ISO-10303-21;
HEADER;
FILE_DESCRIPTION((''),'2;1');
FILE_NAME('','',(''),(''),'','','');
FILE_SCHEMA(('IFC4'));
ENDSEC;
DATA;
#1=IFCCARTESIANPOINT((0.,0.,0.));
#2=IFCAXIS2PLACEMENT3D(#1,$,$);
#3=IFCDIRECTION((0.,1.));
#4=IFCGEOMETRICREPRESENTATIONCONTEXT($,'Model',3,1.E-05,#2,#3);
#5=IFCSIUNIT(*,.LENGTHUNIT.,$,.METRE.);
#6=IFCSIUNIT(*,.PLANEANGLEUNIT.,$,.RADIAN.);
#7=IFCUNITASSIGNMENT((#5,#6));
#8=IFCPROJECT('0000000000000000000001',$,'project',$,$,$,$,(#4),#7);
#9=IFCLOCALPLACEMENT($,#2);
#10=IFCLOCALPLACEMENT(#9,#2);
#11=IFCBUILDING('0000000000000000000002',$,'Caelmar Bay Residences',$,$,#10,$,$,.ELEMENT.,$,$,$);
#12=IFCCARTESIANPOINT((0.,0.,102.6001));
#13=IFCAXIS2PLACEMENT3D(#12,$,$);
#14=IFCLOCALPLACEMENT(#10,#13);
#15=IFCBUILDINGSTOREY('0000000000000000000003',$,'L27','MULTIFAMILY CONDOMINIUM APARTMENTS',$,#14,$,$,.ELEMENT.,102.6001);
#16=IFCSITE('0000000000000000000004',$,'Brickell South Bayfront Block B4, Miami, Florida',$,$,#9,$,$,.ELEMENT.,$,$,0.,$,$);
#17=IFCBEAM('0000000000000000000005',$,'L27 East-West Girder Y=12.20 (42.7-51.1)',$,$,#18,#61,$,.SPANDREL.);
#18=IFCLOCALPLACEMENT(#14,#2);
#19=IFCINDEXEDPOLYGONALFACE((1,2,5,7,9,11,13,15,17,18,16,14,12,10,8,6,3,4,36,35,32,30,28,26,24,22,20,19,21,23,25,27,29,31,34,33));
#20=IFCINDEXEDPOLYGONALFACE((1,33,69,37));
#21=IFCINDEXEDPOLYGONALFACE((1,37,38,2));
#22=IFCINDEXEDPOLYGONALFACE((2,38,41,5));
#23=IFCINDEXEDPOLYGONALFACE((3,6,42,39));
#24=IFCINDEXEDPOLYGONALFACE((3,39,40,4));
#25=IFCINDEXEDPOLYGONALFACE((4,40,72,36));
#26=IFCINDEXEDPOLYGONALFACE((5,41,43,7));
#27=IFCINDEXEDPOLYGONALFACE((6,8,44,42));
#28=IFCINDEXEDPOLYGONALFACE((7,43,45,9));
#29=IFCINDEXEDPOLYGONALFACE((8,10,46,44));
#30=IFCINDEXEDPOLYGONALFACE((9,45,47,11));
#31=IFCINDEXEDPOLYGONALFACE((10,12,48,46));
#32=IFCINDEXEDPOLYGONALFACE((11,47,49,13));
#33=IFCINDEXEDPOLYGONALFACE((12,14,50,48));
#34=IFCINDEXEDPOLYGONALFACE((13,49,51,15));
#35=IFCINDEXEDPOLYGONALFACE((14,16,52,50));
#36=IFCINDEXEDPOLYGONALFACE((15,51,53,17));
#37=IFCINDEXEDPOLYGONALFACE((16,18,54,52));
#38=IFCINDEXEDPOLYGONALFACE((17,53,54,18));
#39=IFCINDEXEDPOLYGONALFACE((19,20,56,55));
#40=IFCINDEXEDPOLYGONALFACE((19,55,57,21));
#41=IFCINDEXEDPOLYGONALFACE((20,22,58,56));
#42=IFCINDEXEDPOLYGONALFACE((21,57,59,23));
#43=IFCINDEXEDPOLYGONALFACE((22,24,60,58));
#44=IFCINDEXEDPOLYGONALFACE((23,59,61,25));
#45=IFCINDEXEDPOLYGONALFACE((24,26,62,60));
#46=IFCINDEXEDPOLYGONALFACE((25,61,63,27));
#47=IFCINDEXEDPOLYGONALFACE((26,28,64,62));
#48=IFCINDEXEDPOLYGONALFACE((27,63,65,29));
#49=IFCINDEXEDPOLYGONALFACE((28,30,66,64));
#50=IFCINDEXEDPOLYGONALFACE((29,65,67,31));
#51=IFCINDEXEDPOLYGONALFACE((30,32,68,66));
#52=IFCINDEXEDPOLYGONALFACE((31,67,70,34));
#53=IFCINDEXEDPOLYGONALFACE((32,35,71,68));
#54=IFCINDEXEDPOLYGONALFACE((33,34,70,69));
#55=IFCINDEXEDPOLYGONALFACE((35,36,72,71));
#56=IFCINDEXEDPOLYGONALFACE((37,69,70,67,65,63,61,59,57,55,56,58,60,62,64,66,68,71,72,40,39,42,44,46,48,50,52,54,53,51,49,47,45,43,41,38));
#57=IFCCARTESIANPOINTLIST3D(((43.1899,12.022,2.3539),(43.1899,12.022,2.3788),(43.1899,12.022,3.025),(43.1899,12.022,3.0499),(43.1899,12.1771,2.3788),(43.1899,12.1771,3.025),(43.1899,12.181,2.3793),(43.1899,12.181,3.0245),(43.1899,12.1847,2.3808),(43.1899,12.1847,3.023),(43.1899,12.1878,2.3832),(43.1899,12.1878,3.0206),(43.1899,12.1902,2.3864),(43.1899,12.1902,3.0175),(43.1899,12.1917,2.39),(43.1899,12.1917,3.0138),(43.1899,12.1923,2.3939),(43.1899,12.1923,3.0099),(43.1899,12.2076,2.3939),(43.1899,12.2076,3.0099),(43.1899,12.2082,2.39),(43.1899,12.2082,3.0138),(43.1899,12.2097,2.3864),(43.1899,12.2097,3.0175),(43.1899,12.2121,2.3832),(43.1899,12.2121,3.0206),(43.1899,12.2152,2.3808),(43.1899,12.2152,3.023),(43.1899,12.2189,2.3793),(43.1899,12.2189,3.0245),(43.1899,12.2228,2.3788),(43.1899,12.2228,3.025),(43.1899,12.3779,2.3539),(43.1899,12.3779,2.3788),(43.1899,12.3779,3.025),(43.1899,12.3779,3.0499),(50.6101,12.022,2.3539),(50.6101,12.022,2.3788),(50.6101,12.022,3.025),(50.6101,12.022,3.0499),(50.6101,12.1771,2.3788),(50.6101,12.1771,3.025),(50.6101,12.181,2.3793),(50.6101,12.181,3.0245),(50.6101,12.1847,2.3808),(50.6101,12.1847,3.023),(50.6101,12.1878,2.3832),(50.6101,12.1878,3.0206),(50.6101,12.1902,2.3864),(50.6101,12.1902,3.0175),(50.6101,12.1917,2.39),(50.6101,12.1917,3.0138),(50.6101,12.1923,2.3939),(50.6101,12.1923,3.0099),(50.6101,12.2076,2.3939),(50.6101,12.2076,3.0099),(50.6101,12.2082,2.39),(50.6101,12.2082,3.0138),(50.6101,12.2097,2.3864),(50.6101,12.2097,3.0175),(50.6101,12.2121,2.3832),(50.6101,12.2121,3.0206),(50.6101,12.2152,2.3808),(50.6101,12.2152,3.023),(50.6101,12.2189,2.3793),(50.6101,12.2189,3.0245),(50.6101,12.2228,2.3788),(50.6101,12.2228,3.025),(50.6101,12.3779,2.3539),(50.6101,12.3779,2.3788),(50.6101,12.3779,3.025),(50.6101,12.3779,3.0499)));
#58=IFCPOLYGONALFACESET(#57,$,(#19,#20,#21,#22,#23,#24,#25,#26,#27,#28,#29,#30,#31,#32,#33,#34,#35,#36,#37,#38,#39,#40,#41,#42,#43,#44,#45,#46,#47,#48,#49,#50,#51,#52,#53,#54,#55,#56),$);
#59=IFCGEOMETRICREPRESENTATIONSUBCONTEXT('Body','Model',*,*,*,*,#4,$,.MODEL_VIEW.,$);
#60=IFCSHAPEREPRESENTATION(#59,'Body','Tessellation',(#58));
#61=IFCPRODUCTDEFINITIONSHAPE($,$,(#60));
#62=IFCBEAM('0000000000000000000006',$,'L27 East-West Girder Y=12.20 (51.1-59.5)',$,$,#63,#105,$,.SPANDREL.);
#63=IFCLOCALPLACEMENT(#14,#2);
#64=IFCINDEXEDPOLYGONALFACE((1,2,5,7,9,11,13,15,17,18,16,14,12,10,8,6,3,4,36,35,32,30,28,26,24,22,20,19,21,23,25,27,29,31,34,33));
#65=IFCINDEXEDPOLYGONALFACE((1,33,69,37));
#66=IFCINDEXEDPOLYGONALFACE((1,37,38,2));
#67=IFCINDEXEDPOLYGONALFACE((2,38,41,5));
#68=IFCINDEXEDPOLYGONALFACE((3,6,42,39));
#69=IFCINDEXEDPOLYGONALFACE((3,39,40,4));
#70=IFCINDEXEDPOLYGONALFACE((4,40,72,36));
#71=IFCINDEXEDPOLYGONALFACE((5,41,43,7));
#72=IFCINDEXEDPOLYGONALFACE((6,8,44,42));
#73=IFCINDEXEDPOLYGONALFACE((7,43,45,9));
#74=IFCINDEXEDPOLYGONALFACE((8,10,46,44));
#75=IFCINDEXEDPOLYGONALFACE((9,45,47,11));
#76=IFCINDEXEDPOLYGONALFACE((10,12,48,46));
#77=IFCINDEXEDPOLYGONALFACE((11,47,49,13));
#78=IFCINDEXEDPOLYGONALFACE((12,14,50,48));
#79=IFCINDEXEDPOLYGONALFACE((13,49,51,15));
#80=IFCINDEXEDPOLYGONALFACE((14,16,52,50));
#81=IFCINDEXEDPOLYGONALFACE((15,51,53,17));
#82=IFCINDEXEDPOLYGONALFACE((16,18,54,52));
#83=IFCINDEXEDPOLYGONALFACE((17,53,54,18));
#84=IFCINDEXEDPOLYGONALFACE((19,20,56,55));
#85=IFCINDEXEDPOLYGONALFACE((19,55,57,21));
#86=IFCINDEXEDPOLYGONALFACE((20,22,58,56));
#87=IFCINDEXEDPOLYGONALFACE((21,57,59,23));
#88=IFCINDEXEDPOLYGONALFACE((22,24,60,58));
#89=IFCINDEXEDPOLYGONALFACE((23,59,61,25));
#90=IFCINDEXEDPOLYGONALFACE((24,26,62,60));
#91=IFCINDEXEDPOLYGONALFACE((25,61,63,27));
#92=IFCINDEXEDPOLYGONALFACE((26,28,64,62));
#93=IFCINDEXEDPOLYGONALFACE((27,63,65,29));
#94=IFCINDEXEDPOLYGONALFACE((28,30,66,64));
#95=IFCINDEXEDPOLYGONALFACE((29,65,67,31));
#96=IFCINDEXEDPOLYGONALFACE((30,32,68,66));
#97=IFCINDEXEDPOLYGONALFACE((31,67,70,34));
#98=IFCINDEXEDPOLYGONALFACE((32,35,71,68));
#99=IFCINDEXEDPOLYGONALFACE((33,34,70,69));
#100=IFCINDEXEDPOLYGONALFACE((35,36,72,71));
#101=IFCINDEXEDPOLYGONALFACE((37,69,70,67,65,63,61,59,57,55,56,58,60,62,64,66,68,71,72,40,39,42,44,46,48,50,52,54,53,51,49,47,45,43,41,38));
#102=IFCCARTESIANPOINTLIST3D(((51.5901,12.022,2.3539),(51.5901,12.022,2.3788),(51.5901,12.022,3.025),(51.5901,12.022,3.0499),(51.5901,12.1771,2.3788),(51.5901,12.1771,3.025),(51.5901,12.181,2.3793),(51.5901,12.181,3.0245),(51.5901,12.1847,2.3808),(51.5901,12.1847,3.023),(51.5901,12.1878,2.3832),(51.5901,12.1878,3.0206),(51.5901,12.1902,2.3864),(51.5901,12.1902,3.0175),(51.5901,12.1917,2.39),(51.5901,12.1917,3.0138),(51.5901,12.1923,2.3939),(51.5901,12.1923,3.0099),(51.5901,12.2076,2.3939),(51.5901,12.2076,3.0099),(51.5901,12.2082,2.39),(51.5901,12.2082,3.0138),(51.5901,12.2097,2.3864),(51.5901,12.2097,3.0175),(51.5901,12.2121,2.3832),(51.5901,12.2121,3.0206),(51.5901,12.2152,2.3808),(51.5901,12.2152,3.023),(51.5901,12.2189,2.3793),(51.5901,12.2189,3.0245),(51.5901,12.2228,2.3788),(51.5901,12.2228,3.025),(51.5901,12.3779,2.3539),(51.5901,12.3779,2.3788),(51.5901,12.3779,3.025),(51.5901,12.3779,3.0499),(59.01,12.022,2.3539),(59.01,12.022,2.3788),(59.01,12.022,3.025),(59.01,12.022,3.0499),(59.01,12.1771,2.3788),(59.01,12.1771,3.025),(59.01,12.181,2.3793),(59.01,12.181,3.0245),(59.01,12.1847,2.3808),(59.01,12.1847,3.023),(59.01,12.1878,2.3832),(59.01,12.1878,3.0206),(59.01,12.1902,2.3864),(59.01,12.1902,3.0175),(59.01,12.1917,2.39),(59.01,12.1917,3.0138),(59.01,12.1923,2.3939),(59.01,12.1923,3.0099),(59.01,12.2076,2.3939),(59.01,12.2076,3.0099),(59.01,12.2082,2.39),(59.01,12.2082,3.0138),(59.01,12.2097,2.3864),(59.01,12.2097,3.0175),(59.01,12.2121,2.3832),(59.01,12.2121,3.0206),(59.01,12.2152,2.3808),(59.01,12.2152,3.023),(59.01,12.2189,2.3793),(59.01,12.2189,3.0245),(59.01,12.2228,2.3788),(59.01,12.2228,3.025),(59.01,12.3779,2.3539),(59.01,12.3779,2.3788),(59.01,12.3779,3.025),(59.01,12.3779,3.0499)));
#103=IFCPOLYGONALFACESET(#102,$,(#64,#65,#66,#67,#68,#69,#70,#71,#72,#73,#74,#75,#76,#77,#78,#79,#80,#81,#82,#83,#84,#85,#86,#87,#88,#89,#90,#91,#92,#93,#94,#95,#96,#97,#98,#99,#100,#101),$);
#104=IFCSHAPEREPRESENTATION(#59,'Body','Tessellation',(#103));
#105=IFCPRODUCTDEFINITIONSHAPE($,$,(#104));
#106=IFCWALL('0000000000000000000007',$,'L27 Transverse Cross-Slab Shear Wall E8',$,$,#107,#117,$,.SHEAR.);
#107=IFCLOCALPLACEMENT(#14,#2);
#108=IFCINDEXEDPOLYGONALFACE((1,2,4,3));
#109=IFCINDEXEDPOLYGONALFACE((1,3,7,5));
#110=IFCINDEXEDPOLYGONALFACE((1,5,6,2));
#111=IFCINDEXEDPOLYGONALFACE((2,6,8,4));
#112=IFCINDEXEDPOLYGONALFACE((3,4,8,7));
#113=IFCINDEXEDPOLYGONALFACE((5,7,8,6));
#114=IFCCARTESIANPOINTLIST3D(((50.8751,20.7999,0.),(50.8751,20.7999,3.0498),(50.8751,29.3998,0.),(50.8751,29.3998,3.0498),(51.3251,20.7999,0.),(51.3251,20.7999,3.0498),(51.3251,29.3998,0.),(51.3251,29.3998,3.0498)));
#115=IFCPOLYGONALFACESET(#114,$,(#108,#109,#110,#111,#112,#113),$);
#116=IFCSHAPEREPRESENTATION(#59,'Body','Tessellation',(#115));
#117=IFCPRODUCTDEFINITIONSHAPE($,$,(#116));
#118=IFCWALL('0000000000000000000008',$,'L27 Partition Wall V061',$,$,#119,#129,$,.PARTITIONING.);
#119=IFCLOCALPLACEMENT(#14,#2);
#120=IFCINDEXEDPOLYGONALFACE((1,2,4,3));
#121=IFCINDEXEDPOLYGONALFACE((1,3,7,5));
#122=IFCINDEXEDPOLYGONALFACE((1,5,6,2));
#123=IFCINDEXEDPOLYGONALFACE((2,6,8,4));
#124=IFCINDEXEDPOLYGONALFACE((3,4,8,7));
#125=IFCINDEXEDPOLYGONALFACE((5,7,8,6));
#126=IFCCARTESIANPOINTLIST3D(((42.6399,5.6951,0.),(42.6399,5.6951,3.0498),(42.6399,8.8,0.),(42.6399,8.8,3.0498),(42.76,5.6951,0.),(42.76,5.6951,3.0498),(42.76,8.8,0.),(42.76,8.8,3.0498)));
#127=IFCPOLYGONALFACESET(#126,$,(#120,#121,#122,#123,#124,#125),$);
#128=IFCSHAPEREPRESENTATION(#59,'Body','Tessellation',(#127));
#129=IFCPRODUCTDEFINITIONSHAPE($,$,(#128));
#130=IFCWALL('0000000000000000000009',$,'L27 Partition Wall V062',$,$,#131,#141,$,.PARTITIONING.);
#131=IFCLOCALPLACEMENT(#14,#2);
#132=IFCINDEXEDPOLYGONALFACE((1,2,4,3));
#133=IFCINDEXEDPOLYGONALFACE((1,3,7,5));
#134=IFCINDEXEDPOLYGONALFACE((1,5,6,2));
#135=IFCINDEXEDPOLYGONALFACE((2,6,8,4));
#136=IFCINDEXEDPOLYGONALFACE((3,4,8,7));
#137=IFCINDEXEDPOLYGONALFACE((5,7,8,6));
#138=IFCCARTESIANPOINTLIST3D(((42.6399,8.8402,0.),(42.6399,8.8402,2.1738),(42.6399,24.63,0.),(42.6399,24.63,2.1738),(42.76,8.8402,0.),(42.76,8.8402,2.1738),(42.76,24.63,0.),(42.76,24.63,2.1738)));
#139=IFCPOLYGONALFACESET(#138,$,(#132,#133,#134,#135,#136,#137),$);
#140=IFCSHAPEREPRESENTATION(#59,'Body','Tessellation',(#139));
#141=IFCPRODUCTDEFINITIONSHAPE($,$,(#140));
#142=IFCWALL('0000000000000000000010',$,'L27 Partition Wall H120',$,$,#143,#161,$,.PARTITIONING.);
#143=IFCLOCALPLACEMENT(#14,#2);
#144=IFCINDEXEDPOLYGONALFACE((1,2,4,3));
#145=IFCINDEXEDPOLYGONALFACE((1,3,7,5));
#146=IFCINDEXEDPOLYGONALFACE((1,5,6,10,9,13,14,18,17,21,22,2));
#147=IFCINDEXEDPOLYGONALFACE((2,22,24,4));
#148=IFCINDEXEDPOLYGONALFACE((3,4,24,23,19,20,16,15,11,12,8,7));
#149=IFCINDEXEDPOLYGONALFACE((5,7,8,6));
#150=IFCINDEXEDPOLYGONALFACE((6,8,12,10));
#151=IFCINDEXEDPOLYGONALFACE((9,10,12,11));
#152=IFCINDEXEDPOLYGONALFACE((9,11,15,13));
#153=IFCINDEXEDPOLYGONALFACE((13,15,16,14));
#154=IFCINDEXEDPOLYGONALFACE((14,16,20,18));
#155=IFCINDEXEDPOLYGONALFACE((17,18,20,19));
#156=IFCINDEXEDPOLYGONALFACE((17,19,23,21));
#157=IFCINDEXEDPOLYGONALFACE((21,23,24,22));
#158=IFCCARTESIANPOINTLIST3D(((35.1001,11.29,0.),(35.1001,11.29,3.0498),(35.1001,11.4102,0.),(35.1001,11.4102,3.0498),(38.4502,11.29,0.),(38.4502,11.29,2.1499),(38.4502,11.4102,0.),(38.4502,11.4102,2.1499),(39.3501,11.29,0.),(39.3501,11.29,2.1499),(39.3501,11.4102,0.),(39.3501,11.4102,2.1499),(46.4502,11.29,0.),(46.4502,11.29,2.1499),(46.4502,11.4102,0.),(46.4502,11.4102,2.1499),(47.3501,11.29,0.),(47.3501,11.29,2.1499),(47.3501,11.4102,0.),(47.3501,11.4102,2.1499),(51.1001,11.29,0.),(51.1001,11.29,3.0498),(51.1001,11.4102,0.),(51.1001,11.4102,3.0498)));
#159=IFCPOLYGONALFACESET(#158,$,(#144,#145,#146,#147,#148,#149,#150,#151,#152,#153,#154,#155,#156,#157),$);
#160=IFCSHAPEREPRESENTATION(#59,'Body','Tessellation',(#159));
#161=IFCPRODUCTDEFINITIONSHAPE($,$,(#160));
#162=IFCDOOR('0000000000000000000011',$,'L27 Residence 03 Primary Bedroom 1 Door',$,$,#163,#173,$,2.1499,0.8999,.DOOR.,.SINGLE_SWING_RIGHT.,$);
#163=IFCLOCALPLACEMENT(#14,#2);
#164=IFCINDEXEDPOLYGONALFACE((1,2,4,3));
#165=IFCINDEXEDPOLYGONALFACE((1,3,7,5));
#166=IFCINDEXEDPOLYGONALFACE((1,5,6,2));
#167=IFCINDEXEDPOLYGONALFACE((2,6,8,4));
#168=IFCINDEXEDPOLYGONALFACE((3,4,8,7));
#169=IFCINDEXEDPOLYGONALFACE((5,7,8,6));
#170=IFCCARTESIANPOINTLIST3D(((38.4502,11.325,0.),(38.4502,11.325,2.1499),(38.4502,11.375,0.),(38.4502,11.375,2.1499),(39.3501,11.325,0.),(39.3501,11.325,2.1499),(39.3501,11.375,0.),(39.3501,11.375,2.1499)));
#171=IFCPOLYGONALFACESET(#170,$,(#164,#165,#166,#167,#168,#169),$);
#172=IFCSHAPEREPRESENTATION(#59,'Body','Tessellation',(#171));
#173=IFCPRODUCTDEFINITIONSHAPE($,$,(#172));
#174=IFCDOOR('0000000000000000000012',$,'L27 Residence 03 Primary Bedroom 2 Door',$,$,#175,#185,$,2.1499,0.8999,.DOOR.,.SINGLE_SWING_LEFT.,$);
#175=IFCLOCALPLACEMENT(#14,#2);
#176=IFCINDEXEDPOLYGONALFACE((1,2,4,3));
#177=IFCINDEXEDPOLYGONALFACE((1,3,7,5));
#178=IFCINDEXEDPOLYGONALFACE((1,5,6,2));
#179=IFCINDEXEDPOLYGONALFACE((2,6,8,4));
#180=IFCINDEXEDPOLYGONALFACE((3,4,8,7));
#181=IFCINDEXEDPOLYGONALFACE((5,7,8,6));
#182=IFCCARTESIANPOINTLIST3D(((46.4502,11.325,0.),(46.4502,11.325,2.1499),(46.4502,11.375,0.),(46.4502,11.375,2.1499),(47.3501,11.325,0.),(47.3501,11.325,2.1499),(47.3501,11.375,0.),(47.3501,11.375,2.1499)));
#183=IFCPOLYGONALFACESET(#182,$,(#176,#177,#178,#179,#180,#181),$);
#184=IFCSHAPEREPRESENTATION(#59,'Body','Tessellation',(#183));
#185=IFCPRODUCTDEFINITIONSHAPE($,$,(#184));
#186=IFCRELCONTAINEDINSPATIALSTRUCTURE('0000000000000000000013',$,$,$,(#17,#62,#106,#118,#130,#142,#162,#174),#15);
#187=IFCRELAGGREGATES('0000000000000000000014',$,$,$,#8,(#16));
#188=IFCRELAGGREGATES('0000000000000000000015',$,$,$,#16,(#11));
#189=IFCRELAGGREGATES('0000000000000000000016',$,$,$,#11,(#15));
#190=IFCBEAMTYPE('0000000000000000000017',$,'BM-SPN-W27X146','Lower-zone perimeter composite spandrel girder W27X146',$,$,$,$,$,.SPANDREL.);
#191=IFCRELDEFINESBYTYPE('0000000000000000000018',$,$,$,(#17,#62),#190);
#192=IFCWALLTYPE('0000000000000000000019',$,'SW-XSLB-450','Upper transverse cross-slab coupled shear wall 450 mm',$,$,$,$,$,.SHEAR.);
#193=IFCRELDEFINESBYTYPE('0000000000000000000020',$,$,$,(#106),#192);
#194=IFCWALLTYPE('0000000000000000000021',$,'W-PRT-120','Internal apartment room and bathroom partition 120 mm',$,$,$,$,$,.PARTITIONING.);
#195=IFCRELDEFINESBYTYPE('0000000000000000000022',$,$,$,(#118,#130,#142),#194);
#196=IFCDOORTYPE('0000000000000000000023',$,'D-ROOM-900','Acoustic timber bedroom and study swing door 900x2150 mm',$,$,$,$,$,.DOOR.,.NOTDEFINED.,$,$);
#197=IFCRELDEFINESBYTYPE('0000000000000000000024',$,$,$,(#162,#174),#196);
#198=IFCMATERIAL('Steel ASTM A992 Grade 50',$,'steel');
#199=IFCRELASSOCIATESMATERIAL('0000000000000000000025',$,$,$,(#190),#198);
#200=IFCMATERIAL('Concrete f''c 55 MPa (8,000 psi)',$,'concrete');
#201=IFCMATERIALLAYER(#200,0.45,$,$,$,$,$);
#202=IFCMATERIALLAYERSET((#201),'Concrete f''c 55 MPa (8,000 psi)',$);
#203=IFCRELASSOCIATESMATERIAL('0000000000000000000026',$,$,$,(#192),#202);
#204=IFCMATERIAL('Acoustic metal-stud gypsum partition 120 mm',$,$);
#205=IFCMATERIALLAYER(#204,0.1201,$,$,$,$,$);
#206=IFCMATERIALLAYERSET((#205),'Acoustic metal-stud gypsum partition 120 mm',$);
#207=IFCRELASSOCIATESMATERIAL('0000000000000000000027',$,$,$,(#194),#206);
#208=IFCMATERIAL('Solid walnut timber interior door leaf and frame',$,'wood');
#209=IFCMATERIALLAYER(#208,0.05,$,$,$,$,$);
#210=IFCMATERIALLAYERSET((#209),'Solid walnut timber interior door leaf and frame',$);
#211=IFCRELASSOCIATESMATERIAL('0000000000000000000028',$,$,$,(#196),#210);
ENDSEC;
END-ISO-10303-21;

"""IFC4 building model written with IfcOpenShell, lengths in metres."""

from ifc_helpers import new_model, si_unit, direction, frame, frame_2d, origin, origin_2d, place, context, subcontext, project, spatial, rectangle, i_section, extrude, material, layer, layer_set, material_profile, profile_set, type_object, element, fill, save


model = new_model("IFC4")

# Units and contexts
model_context = context("Model", 3, precision=1e-05, world=origin(), true_north=direction((0.0, 1.0)))
body_context = subcontext(model_context, "Body", "Model", "MODEL_VIEW")
ifc_project = project(units=[si_unit("LENGTHUNIT", "METRE"), si_unit("PLANEANGLEUNIT", "RADIAN")], contexts=[model_context])

# Site, building, storey
site_placement = place(None, origin())
site = spatial("IfcSite", under=ifc_project, at=site_placement, Name="Brickell South Bayfront Block B4, Miami, Florida", CompositionType="ELEMENT", RefElevation=0.0)
building_placement = place(site_placement, origin())
building = spatial("IfcBuilding", under=site, at=building_placement, Name="Caelmar Bay Residences", CompositionType="ELEMENT")
storey_placement = place(building_placement, frame((0.0, 0.0, 102.6001)))
storey = spatial("IfcBuildingStorey", under=building, at=storey_placement, Name="L27", Description="MULTIFAMILY CONDOMINIUM APARTMENTS", CompositionType="ELEMENT", Elevation=102.6001)

# Beams
ifc_material_1 = material(Name="Steel ASTM A992 Grade 50", Category="steel")
ifc_material_profile_1 = material_profile(ifc_material_1, i_section(OverallWidth=0.356, OverallDepth=0.696, WebThickness=0.0154, FlangeThickness=0.0249, FilletRadius=0.0151, at=origin_2d()), Name="W27X146")
ifc_profile_set_1 = profile_set([ifc_material_profile_1], Name="Steel ASTM A992 Grade 50")
beam_type_1 = type_object("IfcBeamType", Name="BM-SPN-W27X146", Description="Lower-zone perimeter composite spandrel girder W27X146", PredefinedType="SPANDREL", material=ifc_profile_set_1)
beam_1_placement = place(storey_placement, frame((43.1899, 12.2, 2.7019), z_axis=(1.0, 0.0, 0.0), x_axis=(0.0, 1.0, 0.0)))
element("IfcBeam", 1, at=beam_1_placement, inside=storey, type_object=beam_type_1, Name="L27 East-West Girder Y=12.20 (42.7-51.1)", PredefinedType="SPANDREL", context=body_context, shape_type="SweptSolid", body=[
    extrude(i_section(OverallWidth=0.356, OverallDepth=0.696, WebThickness=0.0154, FlangeThickness=0.0249, FilletRadius=0.0151, at=origin_2d()), origin(), (0.0, 0.0, 1.0), 7.4202),
])
beam_2_placement = place(storey_placement, frame((51.5901, 12.2, 2.7019), z_axis=(1.0, 0.0, 0.0), x_axis=(0.0, 1.0, 0.0)))
element("IfcBeam", 2, at=beam_2_placement, inside=storey, type_object=beam_type_1, Name="L27 East-West Girder Y=12.20 (51.1-59.5)", PredefinedType="SPANDREL", context=body_context, shape_type="SweptSolid", body=[
    extrude(i_section(OverallWidth=0.356, OverallDepth=0.696, WebThickness=0.0154, FlangeThickness=0.0249, FilletRadius=0.0151, at=origin_2d()), origin(), (0.0, 0.0, 1.0), 7.4199),
])

# Walls
ifc_material_2 = material(Name="Concrete f'c 55 MPa (8,000 psi)", Category="concrete")
ifc_layer_1 = layer(ifc_material_2, 0.45)
ifc_layer_set_1 = layer_set([ifc_layer_1], Name="Concrete f'c 55 MPa (8,000 psi)")
wall_type_1 = type_object("IfcWallType", Name="SW-XSLB-450", Description="Upper transverse cross-slab coupled shear wall 450 mm", PredefinedType="SHEAR", material=ifc_layer_set_1)
wall_1_placement = place(storey_placement, frame((51.1001, 20.8, 0.0), z_axis=(0.0, 0.0, 1.0), x_axis=(0.0, 1.0, 0.0)))
element("IfcWall", 3, at=wall_1_placement, inside=storey, type_object=wall_type_1, Name="L27 Transverse Cross-Slab Shear Wall E8", PredefinedType="SHEAR", context=body_context, shape_type="SweptSolid", body=[
    extrude(rectangle(XDim=8.5999, YDim=0.45, at=frame_2d((4.2998, 0.0))), origin(), (0.0, 0.0, 1.0), 3.0498),
])
ifc_material_3 = material(Name="Acoustic metal-stud gypsum partition 120 mm")
ifc_layer_2 = layer(ifc_material_3, 0.1201)
ifc_layer_set_2 = layer_set([ifc_layer_2], Name="Acoustic metal-stud gypsum partition 120 mm")
wall_type_2 = type_object("IfcWallType", Name="W-PRT-120", Description="Internal apartment room and bathroom partition 120 mm", PredefinedType="PARTITIONING", material=ifc_layer_set_2)
wall_2_placement = place(storey_placement, frame((42.7, 5.6951, 0.0), z_axis=(0.0, 0.0, 1.0), x_axis=(0.0, 1.0, 0.0)))
element("IfcWall", 4, at=wall_2_placement, inside=storey, type_object=wall_type_2, Name="L27 Partition Wall V061", PredefinedType="PARTITIONING", context=body_context, shape_type="SweptSolid", body=[
    extrude(rectangle(XDim=3.105, YDim=0.1201, at=frame_2d((1.5525, 0.0))), origin(), (0.0, 0.0, 1.0), 3.0498),
])
wall_3_placement = place(storey_placement, frame((42.7, 8.8401, 0.0), z_axis=(0.0, 0.0, 1.0), x_axis=(0.0, 1.0, 0.0)))
element("IfcWall", 5, at=wall_3_placement, inside=storey, type_object=wall_type_2, Name="L27 Partition Wall V062", PredefinedType="PARTITIONING", context=body_context, shape_type="SweptSolid", body=[
    extrude(rectangle(XDim=15.7898, YDim=0.1201, at=frame_2d((7.895, 0.0))), origin(), (0.0, 0.0, 1.0), 2.1738),
])

# Wall, openings, doors
wall_4_placement = place(storey_placement, frame((35.1001, 11.3501, 0.0), z_axis=(0.0, 0.0, 1.0), x_axis=(1.0, 0.0, 0.0)))
wall_4 = element("IfcWall", 6, at=wall_4_placement, inside=storey, type_object=wall_type_2, Name="L27 Partition Wall H120", PredefinedType="PARTITIONING", context=body_context, shape_type="SweptSolid", body=[
    extrude(rectangle(XDim=16.0, YDim=0.1201, at=frame_2d((8.0, 0.0))), origin(), (0.0, 0.0, 1.0), 3.0498),
])
opening_1_placement = place(wall_4_placement, frame((3.3501, 0.0, 0.0)))
opening_1 = element("IfcOpeningElement", 7, at=opening_1_placement, cuts=wall_4, PredefinedType="OPENING", context=body_context, shape_type="SweptSolid", body=[
    extrude(rectangle(XDim=0.8999, YDim=2.1499, at=frame_2d((0.45, 1.075))), frame((0.0, 0.0701, 0.0), z_axis=(0.0, -1.0, 0.0), x_axis=(1.0, 0.0, 0.0)), (0.0, 0.0, 1.0), 0.1401),
])
opening_2_placement = place(wall_4_placement, frame((11.3501, 0.0, 0.0)))
opening_2 = element("IfcOpeningElement", 8, at=opening_2_placement, cuts=wall_4, PredefinedType="OPENING", context=body_context, shape_type="SweptSolid", body=[
    extrude(rectangle(XDim=0.8999, YDim=2.1499, at=frame_2d((0.45, 1.075))), frame((0.0, 0.0701, 0.0), z_axis=(0.0, -1.0, 0.0), x_axis=(1.0, 0.0, 0.0)), (0.0, 0.0, 1.0), 0.1401),
])
ifc_material_4 = material(Name="Solid walnut timber interior door leaf and frame", Category="wood")
ifc_layer_3 = layer(ifc_material_4, 0.05)
ifc_layer_set_3 = layer_set([ifc_layer_3], Name="Solid walnut timber interior door leaf and frame")
door_type = type_object("IfcDoorType", Name="D-ROOM-900", Description="Acoustic timber bedroom and study swing door 900x2150 mm", OperationType="NOTDEFINED", PredefinedType="DOOR", material=ifc_layer_set_3)
door_1_placement = place(opening_1_placement, origin())
door_1 = element("IfcDoor", 9, at=door_1_placement, inside=storey, type_object=door_type, Name="L27 Residence 03 Primary Bedroom 1 Door", OperationType="SINGLE_SWING_RIGHT", OverallHeight=2.1499, OverallWidth=0.8999, PredefinedType="DOOR", context=body_context, shape_type="SweptSolid", body=[
    extrude(rectangle(XDim=0.8999, YDim=2.1499, at=frame_2d((0.45, 1.075))), frame((0.0, 0.0249, 0.0), z_axis=(0.0, -1.0, 0.0), x_axis=(1.0, 0.0, 0.0)), (0.0, 0.0, 1.0), 0.05),
])
fill(opening_1, door_1)
door_2_placement = place(opening_2_placement, origin())
door_2 = element("IfcDoor", 10, at=door_2_placement, inside=storey, type_object=door_type, Name="L27 Residence 03 Primary Bedroom 2 Door", OperationType="SINGLE_SWING_LEFT", OverallHeight=2.1499, OverallWidth=0.8999, PredefinedType="DOOR", context=body_context, shape_type="SweptSolid", body=[
    extrude(rectangle(XDim=0.8999, YDim=2.1499, at=frame_2d((0.45, 1.075))), frame((0.0, 0.0249, 0.0), z_axis=(0.0, -1.0, 0.0), x_axis=(1.0, 0.0, 0.0)), (0.0, 0.0, 1.0), 0.05),
])
fill(opening_2, door_2)

save(model, "model.ifc")
